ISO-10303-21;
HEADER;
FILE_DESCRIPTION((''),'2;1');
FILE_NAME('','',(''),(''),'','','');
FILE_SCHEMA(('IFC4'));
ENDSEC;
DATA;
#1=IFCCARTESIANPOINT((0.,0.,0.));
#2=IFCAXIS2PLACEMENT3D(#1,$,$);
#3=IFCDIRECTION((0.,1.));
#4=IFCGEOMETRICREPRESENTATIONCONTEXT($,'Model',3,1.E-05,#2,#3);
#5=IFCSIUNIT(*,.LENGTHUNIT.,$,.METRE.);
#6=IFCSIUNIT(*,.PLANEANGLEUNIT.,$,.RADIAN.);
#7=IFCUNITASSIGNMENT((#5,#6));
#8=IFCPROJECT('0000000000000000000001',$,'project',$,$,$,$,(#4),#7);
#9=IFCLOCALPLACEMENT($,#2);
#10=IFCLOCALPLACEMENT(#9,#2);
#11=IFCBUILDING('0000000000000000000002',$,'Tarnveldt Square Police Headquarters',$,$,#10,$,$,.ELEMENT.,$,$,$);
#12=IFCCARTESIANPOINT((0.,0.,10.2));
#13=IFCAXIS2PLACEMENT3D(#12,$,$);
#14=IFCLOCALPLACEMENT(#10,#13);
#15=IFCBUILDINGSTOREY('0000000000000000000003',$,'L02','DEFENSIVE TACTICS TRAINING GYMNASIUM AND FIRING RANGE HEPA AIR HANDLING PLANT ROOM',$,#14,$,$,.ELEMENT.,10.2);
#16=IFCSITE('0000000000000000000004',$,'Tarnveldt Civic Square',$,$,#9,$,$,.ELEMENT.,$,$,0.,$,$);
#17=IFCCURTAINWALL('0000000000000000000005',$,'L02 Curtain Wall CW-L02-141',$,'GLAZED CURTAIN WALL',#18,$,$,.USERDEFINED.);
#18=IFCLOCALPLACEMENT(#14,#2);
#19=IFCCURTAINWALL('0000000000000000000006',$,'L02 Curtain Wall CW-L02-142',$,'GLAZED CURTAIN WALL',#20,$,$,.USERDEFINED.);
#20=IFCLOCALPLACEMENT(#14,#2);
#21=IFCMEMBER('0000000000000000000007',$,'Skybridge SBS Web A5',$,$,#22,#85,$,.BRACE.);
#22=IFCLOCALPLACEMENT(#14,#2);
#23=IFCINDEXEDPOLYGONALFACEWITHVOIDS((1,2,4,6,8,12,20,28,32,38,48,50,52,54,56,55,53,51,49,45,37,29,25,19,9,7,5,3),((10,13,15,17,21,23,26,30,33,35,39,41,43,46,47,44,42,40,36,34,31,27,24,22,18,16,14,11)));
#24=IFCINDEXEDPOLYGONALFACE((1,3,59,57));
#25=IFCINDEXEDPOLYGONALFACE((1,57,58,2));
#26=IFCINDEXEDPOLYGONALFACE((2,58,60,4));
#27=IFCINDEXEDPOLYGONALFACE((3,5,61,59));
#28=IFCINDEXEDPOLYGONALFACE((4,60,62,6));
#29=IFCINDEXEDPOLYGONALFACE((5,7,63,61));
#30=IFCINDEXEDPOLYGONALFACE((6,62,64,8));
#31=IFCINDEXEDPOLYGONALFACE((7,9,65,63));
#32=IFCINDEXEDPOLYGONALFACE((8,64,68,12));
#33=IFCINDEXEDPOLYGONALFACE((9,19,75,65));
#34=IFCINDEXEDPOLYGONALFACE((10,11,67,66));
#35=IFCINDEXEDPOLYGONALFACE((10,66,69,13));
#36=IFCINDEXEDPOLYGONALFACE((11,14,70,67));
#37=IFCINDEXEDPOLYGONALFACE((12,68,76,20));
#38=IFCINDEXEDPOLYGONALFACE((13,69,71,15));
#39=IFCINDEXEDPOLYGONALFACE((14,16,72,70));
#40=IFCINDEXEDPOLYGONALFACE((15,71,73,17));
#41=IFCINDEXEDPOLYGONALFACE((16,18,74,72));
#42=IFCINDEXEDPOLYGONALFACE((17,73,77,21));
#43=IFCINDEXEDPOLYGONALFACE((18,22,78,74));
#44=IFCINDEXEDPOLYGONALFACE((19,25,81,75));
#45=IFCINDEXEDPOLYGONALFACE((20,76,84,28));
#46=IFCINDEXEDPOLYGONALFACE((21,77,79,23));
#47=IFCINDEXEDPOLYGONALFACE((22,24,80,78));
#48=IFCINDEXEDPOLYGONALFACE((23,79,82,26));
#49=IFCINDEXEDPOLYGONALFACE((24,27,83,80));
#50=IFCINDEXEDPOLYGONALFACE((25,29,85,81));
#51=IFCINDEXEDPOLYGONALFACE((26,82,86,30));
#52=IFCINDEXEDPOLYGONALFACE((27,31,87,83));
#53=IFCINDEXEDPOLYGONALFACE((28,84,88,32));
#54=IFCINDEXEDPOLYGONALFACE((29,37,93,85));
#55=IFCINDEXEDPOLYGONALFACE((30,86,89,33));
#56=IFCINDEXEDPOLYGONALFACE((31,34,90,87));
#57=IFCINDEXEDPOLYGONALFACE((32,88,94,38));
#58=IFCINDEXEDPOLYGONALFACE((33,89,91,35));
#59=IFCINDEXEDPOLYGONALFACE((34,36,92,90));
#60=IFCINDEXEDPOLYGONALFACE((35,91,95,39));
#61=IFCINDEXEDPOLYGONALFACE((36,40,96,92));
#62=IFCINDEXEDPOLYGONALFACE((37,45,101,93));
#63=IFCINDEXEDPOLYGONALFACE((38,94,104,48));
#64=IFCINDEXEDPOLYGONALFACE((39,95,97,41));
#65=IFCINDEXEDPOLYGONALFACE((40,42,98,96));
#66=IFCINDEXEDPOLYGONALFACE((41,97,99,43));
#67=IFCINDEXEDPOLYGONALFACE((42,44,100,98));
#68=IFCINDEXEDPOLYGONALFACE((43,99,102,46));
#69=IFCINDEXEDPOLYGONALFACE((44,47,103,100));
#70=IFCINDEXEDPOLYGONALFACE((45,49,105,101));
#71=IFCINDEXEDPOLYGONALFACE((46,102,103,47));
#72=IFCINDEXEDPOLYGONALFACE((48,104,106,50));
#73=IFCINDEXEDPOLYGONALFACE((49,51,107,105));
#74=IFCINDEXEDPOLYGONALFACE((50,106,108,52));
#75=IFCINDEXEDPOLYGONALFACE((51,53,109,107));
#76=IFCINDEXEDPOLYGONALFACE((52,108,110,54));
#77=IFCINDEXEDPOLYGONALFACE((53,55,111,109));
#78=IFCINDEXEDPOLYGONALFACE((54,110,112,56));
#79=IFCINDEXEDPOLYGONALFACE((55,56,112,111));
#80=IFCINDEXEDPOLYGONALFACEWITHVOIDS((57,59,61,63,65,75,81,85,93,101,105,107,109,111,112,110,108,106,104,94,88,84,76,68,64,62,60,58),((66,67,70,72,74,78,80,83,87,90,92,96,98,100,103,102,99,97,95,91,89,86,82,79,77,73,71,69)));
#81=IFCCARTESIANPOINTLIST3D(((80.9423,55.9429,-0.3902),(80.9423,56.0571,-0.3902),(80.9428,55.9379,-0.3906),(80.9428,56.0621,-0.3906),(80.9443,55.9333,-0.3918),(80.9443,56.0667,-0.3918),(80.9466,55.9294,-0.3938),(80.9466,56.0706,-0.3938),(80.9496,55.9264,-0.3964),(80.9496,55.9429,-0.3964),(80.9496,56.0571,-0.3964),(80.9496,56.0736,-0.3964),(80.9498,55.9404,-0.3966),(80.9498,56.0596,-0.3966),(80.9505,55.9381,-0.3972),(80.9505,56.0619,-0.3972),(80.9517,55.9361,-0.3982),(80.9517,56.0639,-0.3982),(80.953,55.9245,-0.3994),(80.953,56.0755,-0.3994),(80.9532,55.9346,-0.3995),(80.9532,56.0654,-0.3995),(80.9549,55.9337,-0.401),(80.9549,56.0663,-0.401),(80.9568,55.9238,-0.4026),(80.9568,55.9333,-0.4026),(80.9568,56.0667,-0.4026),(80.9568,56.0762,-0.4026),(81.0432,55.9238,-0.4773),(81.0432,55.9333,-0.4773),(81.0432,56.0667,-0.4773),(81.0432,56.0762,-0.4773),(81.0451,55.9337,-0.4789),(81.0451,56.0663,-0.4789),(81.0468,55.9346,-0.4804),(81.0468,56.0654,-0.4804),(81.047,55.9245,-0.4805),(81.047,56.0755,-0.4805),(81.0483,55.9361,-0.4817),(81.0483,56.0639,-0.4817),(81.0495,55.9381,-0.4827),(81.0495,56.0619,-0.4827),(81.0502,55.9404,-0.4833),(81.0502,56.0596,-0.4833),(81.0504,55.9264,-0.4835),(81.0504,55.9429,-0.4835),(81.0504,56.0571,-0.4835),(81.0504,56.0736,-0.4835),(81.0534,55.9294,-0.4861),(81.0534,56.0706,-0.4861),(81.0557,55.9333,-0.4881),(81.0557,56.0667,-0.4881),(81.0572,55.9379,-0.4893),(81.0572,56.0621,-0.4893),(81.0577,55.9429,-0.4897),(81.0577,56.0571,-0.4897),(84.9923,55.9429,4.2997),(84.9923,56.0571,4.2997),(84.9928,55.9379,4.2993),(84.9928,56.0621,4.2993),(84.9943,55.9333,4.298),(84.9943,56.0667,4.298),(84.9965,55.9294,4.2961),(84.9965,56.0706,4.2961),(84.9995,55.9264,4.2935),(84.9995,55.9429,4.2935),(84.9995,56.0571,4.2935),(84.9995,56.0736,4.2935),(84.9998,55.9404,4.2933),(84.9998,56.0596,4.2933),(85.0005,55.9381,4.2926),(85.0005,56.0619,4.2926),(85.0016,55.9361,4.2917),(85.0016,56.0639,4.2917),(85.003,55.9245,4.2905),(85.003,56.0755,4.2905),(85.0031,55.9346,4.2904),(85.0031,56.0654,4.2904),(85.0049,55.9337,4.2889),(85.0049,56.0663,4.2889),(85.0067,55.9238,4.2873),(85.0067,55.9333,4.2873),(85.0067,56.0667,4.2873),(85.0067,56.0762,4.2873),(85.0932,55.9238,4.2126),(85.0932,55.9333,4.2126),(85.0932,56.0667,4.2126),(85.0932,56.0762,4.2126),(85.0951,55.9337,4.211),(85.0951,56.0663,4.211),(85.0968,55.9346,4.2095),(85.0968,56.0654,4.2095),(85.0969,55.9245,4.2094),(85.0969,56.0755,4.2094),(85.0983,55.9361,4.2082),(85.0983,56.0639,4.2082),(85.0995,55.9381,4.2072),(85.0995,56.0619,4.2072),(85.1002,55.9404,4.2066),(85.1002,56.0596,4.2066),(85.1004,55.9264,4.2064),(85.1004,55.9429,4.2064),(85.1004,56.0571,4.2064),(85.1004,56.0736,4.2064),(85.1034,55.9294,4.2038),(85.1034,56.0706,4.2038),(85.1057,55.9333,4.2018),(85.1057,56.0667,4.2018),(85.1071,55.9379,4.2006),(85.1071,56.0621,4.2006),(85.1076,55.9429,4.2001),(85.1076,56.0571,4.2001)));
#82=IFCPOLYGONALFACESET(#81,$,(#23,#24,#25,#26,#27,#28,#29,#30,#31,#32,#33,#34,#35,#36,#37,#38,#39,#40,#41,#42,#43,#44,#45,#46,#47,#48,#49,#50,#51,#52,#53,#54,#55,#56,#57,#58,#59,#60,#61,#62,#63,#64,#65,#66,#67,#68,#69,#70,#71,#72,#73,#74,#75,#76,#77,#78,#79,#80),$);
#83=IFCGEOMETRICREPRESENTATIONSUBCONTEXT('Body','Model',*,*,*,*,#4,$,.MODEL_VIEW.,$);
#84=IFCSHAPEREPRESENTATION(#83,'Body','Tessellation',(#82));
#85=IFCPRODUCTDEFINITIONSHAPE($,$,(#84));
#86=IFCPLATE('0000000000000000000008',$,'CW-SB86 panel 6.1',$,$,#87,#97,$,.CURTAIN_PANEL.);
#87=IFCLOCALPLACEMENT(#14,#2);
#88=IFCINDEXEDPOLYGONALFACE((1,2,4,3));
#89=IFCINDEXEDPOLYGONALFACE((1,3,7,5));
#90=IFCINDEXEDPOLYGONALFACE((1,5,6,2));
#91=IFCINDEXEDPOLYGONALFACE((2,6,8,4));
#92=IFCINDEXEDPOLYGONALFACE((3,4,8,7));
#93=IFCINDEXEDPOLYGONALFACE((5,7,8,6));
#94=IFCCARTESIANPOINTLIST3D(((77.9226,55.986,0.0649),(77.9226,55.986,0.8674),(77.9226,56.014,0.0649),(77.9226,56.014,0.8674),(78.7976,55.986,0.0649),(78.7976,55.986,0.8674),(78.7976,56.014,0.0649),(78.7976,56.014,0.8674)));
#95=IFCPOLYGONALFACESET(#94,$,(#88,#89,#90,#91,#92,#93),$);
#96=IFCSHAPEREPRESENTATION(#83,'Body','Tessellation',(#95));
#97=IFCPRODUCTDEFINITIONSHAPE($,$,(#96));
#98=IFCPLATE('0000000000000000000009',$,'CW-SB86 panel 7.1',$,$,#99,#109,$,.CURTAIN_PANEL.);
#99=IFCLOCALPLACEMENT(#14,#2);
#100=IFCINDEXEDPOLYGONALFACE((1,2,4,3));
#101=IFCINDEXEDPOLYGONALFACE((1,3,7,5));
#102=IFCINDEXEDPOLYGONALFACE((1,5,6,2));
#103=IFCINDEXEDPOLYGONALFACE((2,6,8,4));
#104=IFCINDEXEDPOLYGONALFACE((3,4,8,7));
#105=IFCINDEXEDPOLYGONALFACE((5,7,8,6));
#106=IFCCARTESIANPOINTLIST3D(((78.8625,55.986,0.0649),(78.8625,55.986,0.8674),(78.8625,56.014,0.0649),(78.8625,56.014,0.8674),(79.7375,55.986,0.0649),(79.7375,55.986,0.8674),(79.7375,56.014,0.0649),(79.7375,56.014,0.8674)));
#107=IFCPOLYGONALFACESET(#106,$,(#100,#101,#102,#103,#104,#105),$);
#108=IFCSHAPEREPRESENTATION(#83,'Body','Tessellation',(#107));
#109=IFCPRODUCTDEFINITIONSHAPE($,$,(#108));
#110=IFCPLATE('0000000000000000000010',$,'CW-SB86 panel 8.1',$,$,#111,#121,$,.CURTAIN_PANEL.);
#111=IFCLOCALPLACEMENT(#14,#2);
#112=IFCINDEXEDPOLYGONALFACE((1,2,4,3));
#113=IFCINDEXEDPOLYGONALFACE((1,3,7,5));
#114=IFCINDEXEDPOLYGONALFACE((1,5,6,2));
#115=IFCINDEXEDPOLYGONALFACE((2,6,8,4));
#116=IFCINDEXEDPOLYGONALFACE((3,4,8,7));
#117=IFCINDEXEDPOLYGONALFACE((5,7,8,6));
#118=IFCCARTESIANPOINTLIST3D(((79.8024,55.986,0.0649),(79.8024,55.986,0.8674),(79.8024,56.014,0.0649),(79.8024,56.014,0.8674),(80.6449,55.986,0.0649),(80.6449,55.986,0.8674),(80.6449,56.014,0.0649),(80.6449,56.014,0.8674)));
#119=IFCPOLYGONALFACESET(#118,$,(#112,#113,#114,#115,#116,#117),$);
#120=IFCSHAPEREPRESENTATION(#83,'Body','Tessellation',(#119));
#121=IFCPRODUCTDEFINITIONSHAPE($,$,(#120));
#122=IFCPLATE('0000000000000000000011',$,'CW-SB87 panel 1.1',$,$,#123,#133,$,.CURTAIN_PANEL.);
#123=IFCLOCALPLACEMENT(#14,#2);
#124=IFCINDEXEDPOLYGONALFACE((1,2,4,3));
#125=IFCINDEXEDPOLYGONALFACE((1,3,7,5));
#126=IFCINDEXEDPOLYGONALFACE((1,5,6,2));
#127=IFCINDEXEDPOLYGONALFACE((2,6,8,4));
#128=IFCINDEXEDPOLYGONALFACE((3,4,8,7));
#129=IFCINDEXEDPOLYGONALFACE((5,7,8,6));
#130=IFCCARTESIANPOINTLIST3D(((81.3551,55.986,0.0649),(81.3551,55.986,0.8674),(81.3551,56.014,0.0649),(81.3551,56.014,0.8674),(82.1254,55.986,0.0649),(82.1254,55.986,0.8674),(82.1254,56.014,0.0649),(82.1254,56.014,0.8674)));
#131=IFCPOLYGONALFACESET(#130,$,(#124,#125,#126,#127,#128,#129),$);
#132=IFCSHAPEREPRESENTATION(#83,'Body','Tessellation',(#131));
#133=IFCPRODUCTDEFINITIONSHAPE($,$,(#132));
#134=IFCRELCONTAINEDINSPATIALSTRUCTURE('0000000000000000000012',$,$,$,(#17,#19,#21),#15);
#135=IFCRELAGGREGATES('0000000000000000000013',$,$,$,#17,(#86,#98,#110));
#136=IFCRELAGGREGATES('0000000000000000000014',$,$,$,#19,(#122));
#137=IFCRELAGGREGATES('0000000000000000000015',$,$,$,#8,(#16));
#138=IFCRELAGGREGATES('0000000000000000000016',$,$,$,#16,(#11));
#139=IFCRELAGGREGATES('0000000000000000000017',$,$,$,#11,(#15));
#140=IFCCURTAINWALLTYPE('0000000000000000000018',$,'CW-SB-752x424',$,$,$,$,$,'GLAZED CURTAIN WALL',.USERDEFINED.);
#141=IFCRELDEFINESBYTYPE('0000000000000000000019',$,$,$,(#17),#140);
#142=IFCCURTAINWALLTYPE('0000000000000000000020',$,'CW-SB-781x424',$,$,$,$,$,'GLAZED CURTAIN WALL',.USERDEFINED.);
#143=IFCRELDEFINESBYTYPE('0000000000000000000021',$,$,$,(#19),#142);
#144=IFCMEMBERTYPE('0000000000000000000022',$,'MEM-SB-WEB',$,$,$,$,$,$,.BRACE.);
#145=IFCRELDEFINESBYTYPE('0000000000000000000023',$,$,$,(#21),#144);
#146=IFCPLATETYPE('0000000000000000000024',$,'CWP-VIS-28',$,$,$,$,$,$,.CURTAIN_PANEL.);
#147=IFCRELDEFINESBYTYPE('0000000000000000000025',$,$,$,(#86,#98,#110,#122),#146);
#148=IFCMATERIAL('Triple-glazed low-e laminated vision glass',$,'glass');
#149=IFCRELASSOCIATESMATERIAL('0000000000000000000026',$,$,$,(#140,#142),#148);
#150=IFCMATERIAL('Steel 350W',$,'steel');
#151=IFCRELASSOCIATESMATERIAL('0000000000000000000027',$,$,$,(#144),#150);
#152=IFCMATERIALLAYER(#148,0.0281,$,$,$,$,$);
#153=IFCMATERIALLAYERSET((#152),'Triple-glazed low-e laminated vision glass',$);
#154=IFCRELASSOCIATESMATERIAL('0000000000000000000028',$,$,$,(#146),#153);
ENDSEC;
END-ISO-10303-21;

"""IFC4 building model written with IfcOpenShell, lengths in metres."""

from ifc_helpers import new_model, si_unit, direction, frame, origin, origin_2d, place, context, subcontext, project, spatial, rectangle, hollow_rectangle, extrude, material, layer, layer_set, material_profile, profile_set, type_object, element, aggregate, save


model = new_model("IFC4")

# Units and contexts
model_context = context("Model", 3, precision=1e-05, world=origin(), true_north=direction((0.0, 1.0)))
body_context = subcontext(model_context, "Body", "Model", "MODEL_VIEW")
ifc_project = project(units=[si_unit("LENGTHUNIT", "METRE"), si_unit("PLANEANGLEUNIT", "RADIAN")], contexts=[model_context])

# Site, building, storey
site_placement = place(None, origin())
site = spatial("IfcSite", under=ifc_project, at=site_placement, Name="Tarnveldt Civic Square", CompositionType="ELEMENT", RefElevation=0.0)
building_placement = place(site_placement, origin())
building = spatial("IfcBuilding", under=site, at=building_placement, Name="Tarnveldt Square Police Headquarters", CompositionType="ELEMENT")
storey_placement = place(building_placement, frame((0.0, 0.0, 10.2)))
storey = spatial("IfcBuildingStorey", under=building, at=storey_placement, Name="L02", Description="DEFENSIVE TACTICS TRAINING GYMNASIUM AND FIRING RANGE HEPA AIR HANDLING PLANT ROOM", CompositionType="ELEMENT", Elevation=10.2)

# Shared definitions
ifc_material_1 = material(Name="Steel 350W", Category="steel")

# Curtain walls
ifc_material_2 = material(Name="Triple-glazed low-e laminated vision glass", Category="glass")
curtain_wall_type_1 = type_object("IfcCurtainWallType", Name="CW-SB-752x424", ElementType="GLAZED CURTAIN WALL", PredefinedType="USERDEFINED", material=ifc_material_2)
curtain_wall_1_placement = place(storey_placement, origin())
curtain_wall_1 = element("IfcCurtainWall", 1, at=curtain_wall_1_placement, inside=storey, type_object=curtain_wall_type_1, Name="L02 Curtain Wall CW-L02-141", ObjectType="GLAZED CURTAIN WALL", PredefinedType="USERDEFINED")
curtain_wall_type_2 = type_object("IfcCurtainWallType", Name="CW-SB-781x424", ElementType="GLAZED CURTAIN WALL", PredefinedType="USERDEFINED", material=ifc_material_2)
curtain_wall_2_placement = place(storey_placement, origin())
curtain_wall_2 = element("IfcCurtainWall", 2, at=curtain_wall_2_placement, inside=storey, type_object=curtain_wall_type_2, Name="L02 Curtain Wall CW-L02-142", ObjectType="GLAZED CURTAIN WALL", PredefinedType="USERDEFINED")

# Member
ifc_material_profile_1 = material_profile(ifc_material_1, hollow_rectangle(XDim=0.1523, YDim=0.1523, WallThickness=0.0095, InnerFilletRadius=0.0095, OuterFilletRadius=0.019, at=origin_2d()), Name="HSS152x152x9.5")
ifc_profile_set_1 = profile_set([ifc_material_profile_1], Name="Steel 350W")
member_type_1 = type_object("IfcMemberType", Name="MEM-SB-WEB", PredefinedType="BRACE", material=ifc_profile_set_1)
for number, where, z_axis, x_axis, name in (
    (3, (81.0, 56.0, -0.4399), (0.653587, 0.0, 0.756851), (0.0, 1.0, 0.0), "Skybridge SBS Web A5"),
):
    element("IfcMember", number, at=place(storey_placement, frame(where, z_axis=z_axis, x_axis=x_axis)), inside=storey, type_object=member_type_1, Name=name, PredefinedType="BRACE", context=body_context, shape_type="SweptSolid", body=[
        extrude(hollow_rectangle(XDim=0.1523, YDim=0.1523, WallThickness=0.0095, InnerFilletRadius=0.0095, OuterFilletRadius=0.019, at=origin_2d()), origin(), (0.0, 0.0, 1.0), 6.1965),
    ])

# Plates
ifc_layer = layer(ifc_material_2, 0.0281)
ifc_layer_set = layer_set([ifc_layer], Name="Triple-glazed low-e laminated vision glass")
plate_type = type_object("IfcPlateType", Name="CWP-VIS-28", PredefinedType="CURTAIN_PANEL", material=ifc_layer_set)
plate_1_placement = place(storey_placement, frame((78.3601, 56.0, 0.0649), z_axis=(0.0, 0.0, 1.0), x_axis=(1.0, 0.0, 0.0)))
plate_1 = element("IfcPlate", 4, at=plate_1_placement, type_object=plate_type, Name="CW-SB86 panel 6.1", PredefinedType="CURTAIN_PANEL", context=body_context, shape_type="SweptSolid", body=[
    extrude(rectangle(XDim=0.875, YDim=0.0281, at=origin_2d()), origin(), (0.0, 0.0, 1.0), 0.8025),
])
plate_2_placement = place(storey_placement, frame((79.3, 56.0, 0.0649), z_axis=(0.0, 0.0, 1.0), x_axis=(1.0, 0.0, 0.0)))
plate_2 = element("IfcPlate", 5, at=plate_2_placement, type_object=plate_type, Name="CW-SB86 panel 7.1", PredefinedType="CURTAIN_PANEL", context=body_context, shape_type="SweptSolid", body=[
    extrude(rectangle(XDim=0.875, YDim=0.0281, at=origin_2d()), origin(), (0.0, 0.0, 1.0), 0.8025),
])
plate_3_placement = place(storey_placement, frame((80.2236, 56.0, 0.0649), z_axis=(0.0, 0.0, 1.0), x_axis=(1.0, 0.0, 0.0)))
plate_3 = element("IfcPlate", 6, at=plate_3_placement, type_object=plate_type, Name="CW-SB86 panel 8.1", PredefinedType="CURTAIN_PANEL", context=body_context, shape_type="SweptSolid", body=[
    extrude(rectangle(XDim=0.8425, YDim=0.0281, at=origin_2d()), origin(), (0.0, 0.0, 1.0), 0.8025),
])
aggregate(curtain_wall_1, [plate_1, plate_2, plate_3])
plate_4_placement = place(storey_placement, frame((81.7402, 56.0, 0.0649), z_axis=(0.0, 0.0, 1.0), x_axis=(1.0, 0.0, 0.0)))
plate_4 = element("IfcPlate", 7, at=plate_4_placement, type_object=plate_type, Name="CW-SB87 panel 1.1", PredefinedType="CURTAIN_PANEL", context=body_context, shape_type="SweptSolid", body=[
    extrude(rectangle(XDim=0.7703, YDim=0.0281, at=origin_2d()), origin(), (0.0, 0.0, 1.0), 0.8025),
])
aggregate(curtain_wall_2, [plate_4])

save(model, "model.ifc")
